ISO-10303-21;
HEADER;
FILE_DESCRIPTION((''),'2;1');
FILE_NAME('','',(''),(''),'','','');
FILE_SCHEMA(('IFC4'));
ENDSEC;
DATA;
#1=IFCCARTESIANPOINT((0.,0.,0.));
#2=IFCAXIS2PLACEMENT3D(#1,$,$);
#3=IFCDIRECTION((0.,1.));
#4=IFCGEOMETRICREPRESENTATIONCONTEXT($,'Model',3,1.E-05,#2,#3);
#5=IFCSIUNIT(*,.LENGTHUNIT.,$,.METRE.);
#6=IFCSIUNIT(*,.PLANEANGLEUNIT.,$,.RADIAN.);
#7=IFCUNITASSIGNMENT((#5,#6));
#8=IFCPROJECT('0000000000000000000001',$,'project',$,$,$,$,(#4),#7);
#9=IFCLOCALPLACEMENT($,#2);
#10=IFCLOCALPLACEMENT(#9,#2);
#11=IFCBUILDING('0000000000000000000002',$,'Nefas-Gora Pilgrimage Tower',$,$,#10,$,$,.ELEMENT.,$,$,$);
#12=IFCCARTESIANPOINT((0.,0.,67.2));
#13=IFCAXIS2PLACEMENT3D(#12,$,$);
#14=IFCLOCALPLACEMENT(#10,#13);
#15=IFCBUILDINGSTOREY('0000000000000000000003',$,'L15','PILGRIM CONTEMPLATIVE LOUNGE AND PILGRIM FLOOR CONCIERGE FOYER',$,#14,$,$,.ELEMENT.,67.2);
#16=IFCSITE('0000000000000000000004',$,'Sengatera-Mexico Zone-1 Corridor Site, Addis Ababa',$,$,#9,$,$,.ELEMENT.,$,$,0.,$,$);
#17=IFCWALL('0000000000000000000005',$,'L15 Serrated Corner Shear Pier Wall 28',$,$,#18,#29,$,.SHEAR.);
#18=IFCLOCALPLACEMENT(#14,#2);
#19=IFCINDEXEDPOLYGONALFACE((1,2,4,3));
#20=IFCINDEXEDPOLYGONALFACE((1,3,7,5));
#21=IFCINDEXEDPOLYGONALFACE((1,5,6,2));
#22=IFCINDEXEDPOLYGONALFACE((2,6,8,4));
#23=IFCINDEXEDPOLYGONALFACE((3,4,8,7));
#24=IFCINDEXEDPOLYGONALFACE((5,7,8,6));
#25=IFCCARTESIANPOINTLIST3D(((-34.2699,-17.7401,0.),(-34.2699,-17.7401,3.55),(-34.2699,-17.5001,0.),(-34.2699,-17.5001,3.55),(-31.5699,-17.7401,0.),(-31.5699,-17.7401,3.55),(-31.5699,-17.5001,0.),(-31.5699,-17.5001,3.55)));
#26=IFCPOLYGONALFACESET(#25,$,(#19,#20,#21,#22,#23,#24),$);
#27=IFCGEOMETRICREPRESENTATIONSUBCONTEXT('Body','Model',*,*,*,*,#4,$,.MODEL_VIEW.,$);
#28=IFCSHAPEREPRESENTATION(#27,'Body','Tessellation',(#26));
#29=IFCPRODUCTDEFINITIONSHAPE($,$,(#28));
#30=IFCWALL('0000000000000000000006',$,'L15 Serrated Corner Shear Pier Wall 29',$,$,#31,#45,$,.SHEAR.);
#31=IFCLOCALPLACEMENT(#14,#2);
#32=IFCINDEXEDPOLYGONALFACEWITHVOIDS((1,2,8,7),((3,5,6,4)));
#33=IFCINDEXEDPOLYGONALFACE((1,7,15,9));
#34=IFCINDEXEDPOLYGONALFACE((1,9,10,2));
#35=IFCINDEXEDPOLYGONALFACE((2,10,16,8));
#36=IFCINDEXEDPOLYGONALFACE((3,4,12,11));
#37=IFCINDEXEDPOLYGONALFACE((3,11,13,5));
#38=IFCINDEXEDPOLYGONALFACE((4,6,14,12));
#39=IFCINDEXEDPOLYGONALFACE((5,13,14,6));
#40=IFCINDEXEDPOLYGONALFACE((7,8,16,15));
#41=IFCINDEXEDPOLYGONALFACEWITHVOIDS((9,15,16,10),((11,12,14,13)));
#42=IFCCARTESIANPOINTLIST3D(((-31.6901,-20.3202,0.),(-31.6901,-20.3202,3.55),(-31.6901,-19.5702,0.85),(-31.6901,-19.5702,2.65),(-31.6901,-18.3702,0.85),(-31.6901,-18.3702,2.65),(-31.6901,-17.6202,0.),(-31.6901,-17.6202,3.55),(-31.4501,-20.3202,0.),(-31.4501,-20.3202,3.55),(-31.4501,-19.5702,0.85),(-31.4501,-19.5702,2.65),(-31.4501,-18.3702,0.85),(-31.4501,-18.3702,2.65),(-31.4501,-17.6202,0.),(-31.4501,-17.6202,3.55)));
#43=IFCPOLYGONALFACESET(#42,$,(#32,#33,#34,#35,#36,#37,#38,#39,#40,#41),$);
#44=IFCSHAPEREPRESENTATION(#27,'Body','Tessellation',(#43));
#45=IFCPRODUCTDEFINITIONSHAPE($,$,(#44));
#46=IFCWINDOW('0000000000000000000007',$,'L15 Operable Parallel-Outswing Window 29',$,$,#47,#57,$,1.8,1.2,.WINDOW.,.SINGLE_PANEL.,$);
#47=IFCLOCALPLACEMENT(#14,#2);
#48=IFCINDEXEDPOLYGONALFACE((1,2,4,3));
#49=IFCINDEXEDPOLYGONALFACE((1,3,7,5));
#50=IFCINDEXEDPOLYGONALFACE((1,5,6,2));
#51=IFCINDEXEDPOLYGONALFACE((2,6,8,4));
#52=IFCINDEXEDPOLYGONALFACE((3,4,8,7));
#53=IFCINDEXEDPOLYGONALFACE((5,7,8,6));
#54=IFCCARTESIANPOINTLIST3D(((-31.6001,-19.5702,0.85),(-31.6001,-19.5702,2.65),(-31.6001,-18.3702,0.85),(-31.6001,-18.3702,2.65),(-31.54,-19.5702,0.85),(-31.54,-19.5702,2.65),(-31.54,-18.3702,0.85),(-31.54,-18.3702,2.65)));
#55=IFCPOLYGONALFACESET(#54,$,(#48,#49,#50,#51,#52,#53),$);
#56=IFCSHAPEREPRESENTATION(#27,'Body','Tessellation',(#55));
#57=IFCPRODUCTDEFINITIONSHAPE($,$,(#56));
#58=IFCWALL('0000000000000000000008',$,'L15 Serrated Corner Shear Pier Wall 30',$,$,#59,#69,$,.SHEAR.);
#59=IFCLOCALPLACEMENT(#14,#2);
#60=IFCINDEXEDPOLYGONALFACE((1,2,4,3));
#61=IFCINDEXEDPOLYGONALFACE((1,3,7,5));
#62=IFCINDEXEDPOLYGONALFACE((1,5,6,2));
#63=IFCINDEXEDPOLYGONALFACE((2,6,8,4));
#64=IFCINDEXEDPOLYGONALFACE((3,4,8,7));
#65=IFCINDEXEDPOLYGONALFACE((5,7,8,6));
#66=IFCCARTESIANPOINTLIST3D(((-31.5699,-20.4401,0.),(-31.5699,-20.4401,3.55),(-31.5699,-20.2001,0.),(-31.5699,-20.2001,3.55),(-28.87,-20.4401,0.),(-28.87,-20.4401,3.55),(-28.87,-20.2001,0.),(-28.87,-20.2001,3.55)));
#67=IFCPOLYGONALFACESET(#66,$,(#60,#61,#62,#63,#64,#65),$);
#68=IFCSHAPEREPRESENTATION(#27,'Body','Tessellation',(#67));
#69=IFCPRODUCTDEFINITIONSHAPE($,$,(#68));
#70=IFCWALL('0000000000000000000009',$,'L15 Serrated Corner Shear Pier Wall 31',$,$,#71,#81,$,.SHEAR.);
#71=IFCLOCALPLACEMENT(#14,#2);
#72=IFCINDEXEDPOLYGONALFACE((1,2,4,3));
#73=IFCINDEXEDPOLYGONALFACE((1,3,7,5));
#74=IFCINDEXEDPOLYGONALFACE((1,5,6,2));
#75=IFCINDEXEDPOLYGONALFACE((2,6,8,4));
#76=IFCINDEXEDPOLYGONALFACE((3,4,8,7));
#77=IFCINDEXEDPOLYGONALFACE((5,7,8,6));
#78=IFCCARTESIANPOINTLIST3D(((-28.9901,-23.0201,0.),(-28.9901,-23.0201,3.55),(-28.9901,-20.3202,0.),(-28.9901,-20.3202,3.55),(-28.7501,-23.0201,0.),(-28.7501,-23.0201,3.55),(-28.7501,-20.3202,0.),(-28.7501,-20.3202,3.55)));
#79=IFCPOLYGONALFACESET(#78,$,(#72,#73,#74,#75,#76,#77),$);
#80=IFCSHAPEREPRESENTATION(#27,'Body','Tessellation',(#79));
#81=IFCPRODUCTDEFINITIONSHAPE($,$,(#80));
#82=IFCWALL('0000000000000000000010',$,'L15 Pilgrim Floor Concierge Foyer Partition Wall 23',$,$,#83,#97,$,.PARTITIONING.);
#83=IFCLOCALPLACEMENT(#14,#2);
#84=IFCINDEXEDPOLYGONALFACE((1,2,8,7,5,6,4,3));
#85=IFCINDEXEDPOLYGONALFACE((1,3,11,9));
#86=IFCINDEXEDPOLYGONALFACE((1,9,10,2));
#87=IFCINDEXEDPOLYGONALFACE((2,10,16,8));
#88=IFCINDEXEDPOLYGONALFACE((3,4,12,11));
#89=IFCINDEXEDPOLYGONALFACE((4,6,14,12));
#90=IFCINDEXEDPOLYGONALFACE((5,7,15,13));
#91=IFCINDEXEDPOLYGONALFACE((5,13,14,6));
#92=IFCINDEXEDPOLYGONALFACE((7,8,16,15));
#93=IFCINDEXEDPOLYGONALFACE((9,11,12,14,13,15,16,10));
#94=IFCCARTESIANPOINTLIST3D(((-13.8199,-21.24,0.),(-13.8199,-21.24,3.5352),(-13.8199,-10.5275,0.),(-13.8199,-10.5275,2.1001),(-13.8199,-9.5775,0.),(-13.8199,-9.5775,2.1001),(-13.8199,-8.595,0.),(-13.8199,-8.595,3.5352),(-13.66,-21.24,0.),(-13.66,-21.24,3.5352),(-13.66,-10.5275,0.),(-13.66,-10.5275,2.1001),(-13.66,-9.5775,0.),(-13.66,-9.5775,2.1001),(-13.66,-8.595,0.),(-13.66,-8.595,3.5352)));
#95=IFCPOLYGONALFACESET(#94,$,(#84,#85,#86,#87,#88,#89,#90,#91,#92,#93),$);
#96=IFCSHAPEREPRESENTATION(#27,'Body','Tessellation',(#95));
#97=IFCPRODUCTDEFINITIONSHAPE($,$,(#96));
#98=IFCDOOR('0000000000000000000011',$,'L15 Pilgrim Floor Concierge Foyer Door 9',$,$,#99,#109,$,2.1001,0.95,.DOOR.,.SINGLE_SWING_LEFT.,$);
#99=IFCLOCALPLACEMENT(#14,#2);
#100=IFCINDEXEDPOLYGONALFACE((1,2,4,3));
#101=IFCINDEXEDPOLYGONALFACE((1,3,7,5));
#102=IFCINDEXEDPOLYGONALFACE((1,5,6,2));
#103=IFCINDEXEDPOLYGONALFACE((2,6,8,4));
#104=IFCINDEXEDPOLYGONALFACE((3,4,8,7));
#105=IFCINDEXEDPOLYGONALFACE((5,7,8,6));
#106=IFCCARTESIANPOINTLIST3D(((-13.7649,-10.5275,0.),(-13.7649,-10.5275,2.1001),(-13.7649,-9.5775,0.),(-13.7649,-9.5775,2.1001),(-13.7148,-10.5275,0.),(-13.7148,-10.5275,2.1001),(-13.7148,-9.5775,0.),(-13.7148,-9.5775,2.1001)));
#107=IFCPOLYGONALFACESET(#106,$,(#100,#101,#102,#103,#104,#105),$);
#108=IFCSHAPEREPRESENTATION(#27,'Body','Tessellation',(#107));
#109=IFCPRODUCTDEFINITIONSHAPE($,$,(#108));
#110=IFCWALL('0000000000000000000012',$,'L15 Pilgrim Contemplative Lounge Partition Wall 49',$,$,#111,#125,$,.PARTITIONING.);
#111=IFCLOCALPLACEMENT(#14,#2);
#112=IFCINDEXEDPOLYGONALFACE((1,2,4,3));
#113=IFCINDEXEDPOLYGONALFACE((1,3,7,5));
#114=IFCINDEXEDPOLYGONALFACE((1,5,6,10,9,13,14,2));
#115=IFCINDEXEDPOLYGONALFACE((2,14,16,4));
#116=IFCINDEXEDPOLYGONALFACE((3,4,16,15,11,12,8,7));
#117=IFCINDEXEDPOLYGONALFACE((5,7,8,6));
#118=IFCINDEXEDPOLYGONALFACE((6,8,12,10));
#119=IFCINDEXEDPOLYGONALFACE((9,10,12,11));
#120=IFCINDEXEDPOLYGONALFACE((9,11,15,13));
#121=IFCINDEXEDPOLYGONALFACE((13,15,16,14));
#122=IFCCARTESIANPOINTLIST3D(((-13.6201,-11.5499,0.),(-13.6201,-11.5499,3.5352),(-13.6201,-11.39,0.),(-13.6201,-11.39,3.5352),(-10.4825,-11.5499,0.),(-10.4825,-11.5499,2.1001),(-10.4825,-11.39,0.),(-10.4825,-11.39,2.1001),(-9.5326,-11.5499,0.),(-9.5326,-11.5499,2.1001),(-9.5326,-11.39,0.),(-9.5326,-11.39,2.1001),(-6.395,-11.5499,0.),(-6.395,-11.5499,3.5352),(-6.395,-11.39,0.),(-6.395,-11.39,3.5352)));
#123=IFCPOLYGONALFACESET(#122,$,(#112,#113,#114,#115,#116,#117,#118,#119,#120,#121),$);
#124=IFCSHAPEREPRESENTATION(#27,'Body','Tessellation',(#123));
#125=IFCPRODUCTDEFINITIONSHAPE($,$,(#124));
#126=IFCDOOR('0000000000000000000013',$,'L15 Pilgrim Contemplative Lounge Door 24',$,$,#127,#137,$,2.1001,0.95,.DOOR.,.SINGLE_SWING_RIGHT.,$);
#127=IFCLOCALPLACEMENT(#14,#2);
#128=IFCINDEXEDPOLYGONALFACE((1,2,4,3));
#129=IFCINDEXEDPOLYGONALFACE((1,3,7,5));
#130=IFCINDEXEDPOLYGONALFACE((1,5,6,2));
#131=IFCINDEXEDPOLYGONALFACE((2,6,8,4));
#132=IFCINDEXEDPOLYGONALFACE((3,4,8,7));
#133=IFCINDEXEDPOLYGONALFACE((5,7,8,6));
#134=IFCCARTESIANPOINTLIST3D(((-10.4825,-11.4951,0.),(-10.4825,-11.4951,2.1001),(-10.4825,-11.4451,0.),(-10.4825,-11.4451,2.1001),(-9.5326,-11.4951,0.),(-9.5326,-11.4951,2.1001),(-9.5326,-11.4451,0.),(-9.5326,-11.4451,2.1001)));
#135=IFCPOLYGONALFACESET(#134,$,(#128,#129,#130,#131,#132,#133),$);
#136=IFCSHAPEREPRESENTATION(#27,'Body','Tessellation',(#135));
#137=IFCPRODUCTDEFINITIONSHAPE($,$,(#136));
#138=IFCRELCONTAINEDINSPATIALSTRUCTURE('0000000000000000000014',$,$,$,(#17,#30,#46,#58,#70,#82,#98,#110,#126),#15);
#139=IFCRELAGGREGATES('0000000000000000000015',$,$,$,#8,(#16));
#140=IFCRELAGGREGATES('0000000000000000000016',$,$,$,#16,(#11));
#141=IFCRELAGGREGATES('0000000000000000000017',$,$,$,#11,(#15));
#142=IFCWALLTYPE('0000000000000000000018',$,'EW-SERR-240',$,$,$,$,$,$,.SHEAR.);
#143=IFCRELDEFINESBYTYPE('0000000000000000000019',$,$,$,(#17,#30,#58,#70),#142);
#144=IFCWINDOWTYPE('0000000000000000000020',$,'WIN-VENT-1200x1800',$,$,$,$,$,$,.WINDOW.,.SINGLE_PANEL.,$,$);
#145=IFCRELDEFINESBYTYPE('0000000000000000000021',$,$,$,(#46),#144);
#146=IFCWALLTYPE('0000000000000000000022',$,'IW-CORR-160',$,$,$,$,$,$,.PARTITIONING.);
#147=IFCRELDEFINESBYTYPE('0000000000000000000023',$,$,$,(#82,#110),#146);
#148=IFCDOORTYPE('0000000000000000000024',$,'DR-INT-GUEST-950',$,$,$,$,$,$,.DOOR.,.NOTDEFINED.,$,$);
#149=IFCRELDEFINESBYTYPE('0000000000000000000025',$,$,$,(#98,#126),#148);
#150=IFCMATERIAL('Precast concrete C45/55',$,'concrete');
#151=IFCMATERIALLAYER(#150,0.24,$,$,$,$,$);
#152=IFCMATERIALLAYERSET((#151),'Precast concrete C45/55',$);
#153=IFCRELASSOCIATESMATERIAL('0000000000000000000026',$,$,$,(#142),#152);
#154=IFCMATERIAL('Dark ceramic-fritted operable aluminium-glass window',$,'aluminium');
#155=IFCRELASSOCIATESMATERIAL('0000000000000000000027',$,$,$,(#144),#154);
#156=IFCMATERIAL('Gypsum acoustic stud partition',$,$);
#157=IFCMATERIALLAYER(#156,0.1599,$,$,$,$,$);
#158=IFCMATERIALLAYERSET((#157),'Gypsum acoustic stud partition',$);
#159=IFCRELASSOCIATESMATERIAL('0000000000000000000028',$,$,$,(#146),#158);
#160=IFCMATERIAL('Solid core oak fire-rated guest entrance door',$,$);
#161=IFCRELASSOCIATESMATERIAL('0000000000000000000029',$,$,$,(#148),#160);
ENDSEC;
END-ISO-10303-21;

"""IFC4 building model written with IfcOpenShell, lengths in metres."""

from ifc_helpers import new_model, si_unit, direction, frame, frame_2d, origin, place, context, subcontext, project, spatial, rectangle, extrude, source, transform, mapped, material, layer, layer_set, type_object, element, fill, save


model = new_model("IFC4")

# Units and contexts
model_context = context("Model", 3, precision=1e-05, world=origin(), true_north=direction((0.0, 1.0)))
body_context = subcontext(model_context, "Body", "Model", "MODEL_VIEW")
ifc_project = project(units=[si_unit("LENGTHUNIT", "METRE"), si_unit("PLANEANGLEUNIT", "RADIAN")], contexts=[model_context])

# Site, building, storey
site_placement = place(None, origin())
site = spatial("IfcSite", under=ifc_project, at=site_placement, Name="Sengatera-Mexico Zone-1 Corridor Site, Addis Ababa", CompositionType="ELEMENT", RefElevation=0.0)
building_placement = place(site_placement, origin())
building = spatial("IfcBuilding", under=site, at=building_placement, Name="Nefas-Gora Pilgrimage Tower", CompositionType="ELEMENT")
storey_placement = place(building_placement, frame((0.0, 0.0, 67.2)))
storey = spatial("IfcBuildingStorey", under=building, at=storey_placement, Name="L15", Description="PILGRIM CONTEMPLATIVE LOUNGE AND PILGRIM FLOOR CONCIERGE FOYER", CompositionType="ELEMENT", Elevation=67.2)

# Wall
ifc_material_1 = material(Name="Precast concrete C45/55", Category="concrete")
ifc_layer_1 = layer(ifc_material_1, 0.24)
ifc_layer_set_1 = layer_set([ifc_layer_1], Name="Precast concrete C45/55")
wall_type_1 = type_object("IfcWallType", Name="EW-SERR-240", PredefinedType="SHEAR", material=ifc_layer_set_1)
shared_shape_1 = source(origin(), body_context, "Body", "SweptSolid", [
    extrude(rectangle(XDim=2.7, YDim=0.24, at=frame_2d((1.3501, 0.0))), origin(), (0.0, 0.0, 1.0), 3.55),
])
wall_1_placement = place(storey_placement, frame((-34.27, -17.6201, 0.0), z_axis=(0.0, 0.0, 1.0), x_axis=(1.0, 0.0, 0.0)))
element("IfcWall", 1, at=wall_1_placement, inside=storey, type_object=wall_type_1, Name="L15 Serrated Corner Shear Pier Wall 28", PredefinedType="SHEAR", context=body_context, shape_type="MappedRepresentation", body=[
    mapped(shared_shape_1, transform((0.0, 0.0, 0.0), x_axis=(1.0, 0.0, 0.0), y_axis=(0.0, 1.0, 0.0), z_axis=(0.0, 0.0, 1.0), scale=1.0)),
])

# Wall, opening, window
wall_2_placement = place(storey_placement, frame((-31.5701, -17.6201, 0.0), z_axis=(0.0, 0.0, 1.0), x_axis=(0.0, -1.0, 0.0)))
wall_2 = element("IfcWall", 2, at=wall_2_placement, inside=storey, type_object=wall_type_1, Name="L15 Serrated Corner Shear Pier Wall 29", PredefinedType="SHEAR", context=body_context, shape_type="MappedRepresentation", body=[
    mapped(shared_shape_1, transform((0.0, 0.0, 0.0), x_axis=(1.0, 0.0, 0.0), y_axis=(0.0, 1.0, 0.0), z_axis=(0.0, 0.0, 1.0), scale=1.0)),
])
opening_1_placement = place(wall_2_placement, frame((0.75, 0.0, 0.8501)))
opening_1 = element("IfcOpeningElement", 3, at=opening_1_placement, cuts=wall_2, PredefinedType="OPENING", context=body_context, shape_type="SweptSolid", body=[
    extrude(rectangle(XDim=1.2, YDim=1.8, at=frame_2d((0.6001, 0.8999))), frame((0.0, 0.1299, 0.0), z_axis=(0.0, -1.0, 0.0), x_axis=(1.0, 0.0, 0.0)), (0.0, 0.0, 1.0), 0.26),
])
ifc_material_2 = material(Name="Dark ceramic-fritted operable aluminium-glass window", Category="aluminium")
window_type = type_object("IfcWindowType", Name="WIN-VENT-1200x1800", PartitioningType="SINGLE_PANEL", PredefinedType="WINDOW", material=ifc_material_2)
shared_shape_2 = source(origin(), body_context, "Body", "SweptSolid", [
    extrude(rectangle(XDim=1.2, YDim=1.8, at=frame_2d((0.6001, 0.8999))), frame((0.0, 0.03, 0.0), z_axis=(0.0, -1.0, 0.0), x_axis=(1.0, 0.0, 0.0)), (0.0, 0.0, 1.0), 0.0601),
])
window_placement = place(opening_1_placement, origin())
window = element("IfcWindow", 4, at=window_placement, inside=storey, type_object=window_type, Name="L15 Operable Parallel-Outswing Window 29", OverallHeight=1.8, OverallWidth=1.2, PartitioningType="SINGLE_PANEL", PredefinedType="WINDOW", context=body_context, shape_type="MappedRepresentation", body=[
    mapped(shared_shape_2, transform((0.0, 0.0, 0.0), x_axis=(1.0, 0.0, 0.0), y_axis=(0.0, 1.0, 0.0), z_axis=(0.0, 0.0, 1.0), scale=1.0)),
])
fill(opening_1, window)

# Walls
for number, where, z_axis, x_axis, name in (
    (5, (-31.5701, -20.3201, 0.0), (0.0, 0.0, 1.0), (1.0, 0.0, 0.0), "L15 Serrated Corner Shear Pier Wall 30"),
    (6, (-28.8701, -20.3201, 0.0), (0.0, 0.0, 1.0), (0.0, -1.0, 0.0), "L15 Serrated Corner Shear Pier Wall 31"),
):
    element("IfcWall", number, at=place(storey_placement, frame(where, z_axis=z_axis, x_axis=x_axis)), inside=storey, type_object=wall_type_1, Name=name, PredefinedType="SHEAR", context=body_context, shape_type="MappedRepresentation", body=[
        mapped(shared_shape_1, transform((0.0, 0.0, 0.0), x_axis=(1.0, 0.0, 0.0), y_axis=(0.0, 1.0, 0.0), z_axis=(0.0, 0.0, 1.0), scale=1.0)),
    ])

# Walls, openings, doors
ifc_material_3 = material(Name="Gypsum acoustic stud partition")
ifc_layer_2 = layer(ifc_material_3, 0.1599)
ifc_layer_set_2 = layer_set([ifc_layer_2], Name="Gypsum acoustic stud partition")
wall_type_2 = type_object("IfcWallType", Name="IW-CORR-160", PredefinedType="PARTITIONING", material=ifc_layer_set_2)
shared_shape_3 = source(origin(), body_context, "Body", "SweptSolid", [
    extrude(rectangle(XDim=12.645, YDim=0.1599, at=frame_2d((6.3225, 0.0))), origin(), (0.0, 0.0, 1.0), 3.5352),
])
wall_3_placement = place(storey_placement, frame((-13.74, -21.24, 0.0), z_axis=(0.0, 0.0, 1.0), x_axis=(0.0, 1.0, 0.0)))
wall_3 = element("IfcWall", 7, at=wall_3_placement, inside=storey, type_object=wall_type_2, Name="L15 Pilgrim Floor Concierge Foyer Partition Wall 23", PredefinedType="PARTITIONING", context=body_context, shape_type="MappedRepresentation", body=[
    mapped(shared_shape_3, transform((0.0, 0.0, 0.0), x_axis=(1.0, 0.0, 0.0), y_axis=(0.0, 1.0, 0.0), z_axis=(0.0, 0.0, 1.0), scale=1.0)),
])
opening_2_placement = place(wall_3_placement, frame((10.7124, 0.0, 0.0)))
opening_2 = element("IfcOpeningElement", 8, at=opening_2_placement, cuts=wall_3, PredefinedType="OPENING", context=body_context, shape_type="SweptSolid", body=[
    extrude(rectangle(XDim=0.95, YDim=2.1001, at=frame_2d((0.4751, 1.05))), frame((0.0, 0.0898, 0.0), z_axis=(0.0, -1.0, 0.0), x_axis=(1.0, 0.0, 0.0)), (0.0, 0.0, 1.0), 0.1799),
])
ifc_material_4 = material(Name="Solid core oak fire-rated guest entrance door")
door_type = type_object("IfcDoorType", Name="DR-INT-GUEST-950", OperationType="NOTDEFINED", PredefinedType="DOOR", material=ifc_material_4)
shared_shape_4 = source(origin(), body_context, "Body", "SweptSolid", [
    extrude(rectangle(XDim=0.95, YDim=2.1001, at=frame_2d((0.4751, 1.05))), frame((0.0, 0.0249, 0.0), z_axis=(0.0, -1.0, 0.0), x_axis=(1.0, 0.0, 0.0)), (0.0, 0.0, 1.0), 0.05),
])
door_1_placement = place(opening_2_placement, origin())
door_1 = element("IfcDoor", 9, at=door_1_placement, inside=storey, type_object=door_type, Name="L15 Pilgrim Floor Concierge Foyer Door 9", OperationType="SINGLE_SWING_LEFT", OverallHeight=2.1001, OverallWidth=0.95, PredefinedType="DOOR", context=body_context, shape_type="MappedRepresentation", body=[
    mapped(shared_shape_4, transform((0.0, 0.0, 0.0), x_axis=(1.0, 0.0, 0.0), y_axis=(0.0, 1.0, 0.0), z_axis=(0.0, 0.0, 1.0), scale=1.0)),
])
fill(opening_2, door_1)
shared_shape_5 = source(origin(), body_context, "Body", "SweptSolid", [
    extrude(rectangle(XDim=7.2251, YDim=0.1599, at=frame_2d((3.6125, 0.0))), origin(), (0.0, 0.0, 1.0), 3.5352),
])
wall_4_placement = place(storey_placement, frame((-13.6201, -11.47, 0.0), z_axis=(0.0, 0.0, 1.0), x_axis=(1.0, 0.0, 0.0)))
wall_4 = element("IfcWall", 10, at=wall_4_placement, inside=storey, type_object=wall_type_2, Name="L15 Pilgrim Contemplative Lounge Partition Wall 49", PredefinedType="PARTITIONING", context=body_context, shape_type="MappedRepresentation", body=[
    mapped(shared_shape_5, transform((0.0, 0.0, 0.0), x_axis=(1.0, 0.0, 0.0), y_axis=(0.0, 1.0, 0.0), z_axis=(0.0, 0.0, 1.0), scale=1.0)),
])
opening_3_placement = place(wall_4_placement, frame((3.1375, 0.0, 0.0)))
opening_3 = element("IfcOpeningElement", 11, at=opening_3_placement, cuts=wall_4, PredefinedType="OPENING", context=body_context, shape_type="SweptSolid", body=[
    extrude(rectangle(XDim=0.95, YDim=2.1001, at=frame_2d((0.4751, 1.05))), frame((0.0, 0.0898, 0.0), z_axis=(0.0, -1.0, 0.0), x_axis=(1.0, 0.0, 0.0)), (0.0, 0.0, 1.0), 0.1799),
])
door_2_placement = place(opening_3_placement, origin())
door_2 = element("IfcDoor", 12, at=door_2_placement, inside=storey, type_object=door_type, Name="L15 Pilgrim Contemplative Lounge Door 24", OperationType="SINGLE_SWING_RIGHT", OverallHeight=2.1001, OverallWidth=0.95, PredefinedType="DOOR", context=body_context, shape_type="MappedRepresentation", body=[
    mapped(shared_shape_4, transform((0.0, 0.0, 0.0), x_axis=(1.0, 0.0, 0.0), y_axis=(0.0, 1.0, 0.0), z_axis=(0.0, 0.0, 1.0), scale=1.0)),
])
fill(opening_3, door_2)

save(model, "model.ifc")
